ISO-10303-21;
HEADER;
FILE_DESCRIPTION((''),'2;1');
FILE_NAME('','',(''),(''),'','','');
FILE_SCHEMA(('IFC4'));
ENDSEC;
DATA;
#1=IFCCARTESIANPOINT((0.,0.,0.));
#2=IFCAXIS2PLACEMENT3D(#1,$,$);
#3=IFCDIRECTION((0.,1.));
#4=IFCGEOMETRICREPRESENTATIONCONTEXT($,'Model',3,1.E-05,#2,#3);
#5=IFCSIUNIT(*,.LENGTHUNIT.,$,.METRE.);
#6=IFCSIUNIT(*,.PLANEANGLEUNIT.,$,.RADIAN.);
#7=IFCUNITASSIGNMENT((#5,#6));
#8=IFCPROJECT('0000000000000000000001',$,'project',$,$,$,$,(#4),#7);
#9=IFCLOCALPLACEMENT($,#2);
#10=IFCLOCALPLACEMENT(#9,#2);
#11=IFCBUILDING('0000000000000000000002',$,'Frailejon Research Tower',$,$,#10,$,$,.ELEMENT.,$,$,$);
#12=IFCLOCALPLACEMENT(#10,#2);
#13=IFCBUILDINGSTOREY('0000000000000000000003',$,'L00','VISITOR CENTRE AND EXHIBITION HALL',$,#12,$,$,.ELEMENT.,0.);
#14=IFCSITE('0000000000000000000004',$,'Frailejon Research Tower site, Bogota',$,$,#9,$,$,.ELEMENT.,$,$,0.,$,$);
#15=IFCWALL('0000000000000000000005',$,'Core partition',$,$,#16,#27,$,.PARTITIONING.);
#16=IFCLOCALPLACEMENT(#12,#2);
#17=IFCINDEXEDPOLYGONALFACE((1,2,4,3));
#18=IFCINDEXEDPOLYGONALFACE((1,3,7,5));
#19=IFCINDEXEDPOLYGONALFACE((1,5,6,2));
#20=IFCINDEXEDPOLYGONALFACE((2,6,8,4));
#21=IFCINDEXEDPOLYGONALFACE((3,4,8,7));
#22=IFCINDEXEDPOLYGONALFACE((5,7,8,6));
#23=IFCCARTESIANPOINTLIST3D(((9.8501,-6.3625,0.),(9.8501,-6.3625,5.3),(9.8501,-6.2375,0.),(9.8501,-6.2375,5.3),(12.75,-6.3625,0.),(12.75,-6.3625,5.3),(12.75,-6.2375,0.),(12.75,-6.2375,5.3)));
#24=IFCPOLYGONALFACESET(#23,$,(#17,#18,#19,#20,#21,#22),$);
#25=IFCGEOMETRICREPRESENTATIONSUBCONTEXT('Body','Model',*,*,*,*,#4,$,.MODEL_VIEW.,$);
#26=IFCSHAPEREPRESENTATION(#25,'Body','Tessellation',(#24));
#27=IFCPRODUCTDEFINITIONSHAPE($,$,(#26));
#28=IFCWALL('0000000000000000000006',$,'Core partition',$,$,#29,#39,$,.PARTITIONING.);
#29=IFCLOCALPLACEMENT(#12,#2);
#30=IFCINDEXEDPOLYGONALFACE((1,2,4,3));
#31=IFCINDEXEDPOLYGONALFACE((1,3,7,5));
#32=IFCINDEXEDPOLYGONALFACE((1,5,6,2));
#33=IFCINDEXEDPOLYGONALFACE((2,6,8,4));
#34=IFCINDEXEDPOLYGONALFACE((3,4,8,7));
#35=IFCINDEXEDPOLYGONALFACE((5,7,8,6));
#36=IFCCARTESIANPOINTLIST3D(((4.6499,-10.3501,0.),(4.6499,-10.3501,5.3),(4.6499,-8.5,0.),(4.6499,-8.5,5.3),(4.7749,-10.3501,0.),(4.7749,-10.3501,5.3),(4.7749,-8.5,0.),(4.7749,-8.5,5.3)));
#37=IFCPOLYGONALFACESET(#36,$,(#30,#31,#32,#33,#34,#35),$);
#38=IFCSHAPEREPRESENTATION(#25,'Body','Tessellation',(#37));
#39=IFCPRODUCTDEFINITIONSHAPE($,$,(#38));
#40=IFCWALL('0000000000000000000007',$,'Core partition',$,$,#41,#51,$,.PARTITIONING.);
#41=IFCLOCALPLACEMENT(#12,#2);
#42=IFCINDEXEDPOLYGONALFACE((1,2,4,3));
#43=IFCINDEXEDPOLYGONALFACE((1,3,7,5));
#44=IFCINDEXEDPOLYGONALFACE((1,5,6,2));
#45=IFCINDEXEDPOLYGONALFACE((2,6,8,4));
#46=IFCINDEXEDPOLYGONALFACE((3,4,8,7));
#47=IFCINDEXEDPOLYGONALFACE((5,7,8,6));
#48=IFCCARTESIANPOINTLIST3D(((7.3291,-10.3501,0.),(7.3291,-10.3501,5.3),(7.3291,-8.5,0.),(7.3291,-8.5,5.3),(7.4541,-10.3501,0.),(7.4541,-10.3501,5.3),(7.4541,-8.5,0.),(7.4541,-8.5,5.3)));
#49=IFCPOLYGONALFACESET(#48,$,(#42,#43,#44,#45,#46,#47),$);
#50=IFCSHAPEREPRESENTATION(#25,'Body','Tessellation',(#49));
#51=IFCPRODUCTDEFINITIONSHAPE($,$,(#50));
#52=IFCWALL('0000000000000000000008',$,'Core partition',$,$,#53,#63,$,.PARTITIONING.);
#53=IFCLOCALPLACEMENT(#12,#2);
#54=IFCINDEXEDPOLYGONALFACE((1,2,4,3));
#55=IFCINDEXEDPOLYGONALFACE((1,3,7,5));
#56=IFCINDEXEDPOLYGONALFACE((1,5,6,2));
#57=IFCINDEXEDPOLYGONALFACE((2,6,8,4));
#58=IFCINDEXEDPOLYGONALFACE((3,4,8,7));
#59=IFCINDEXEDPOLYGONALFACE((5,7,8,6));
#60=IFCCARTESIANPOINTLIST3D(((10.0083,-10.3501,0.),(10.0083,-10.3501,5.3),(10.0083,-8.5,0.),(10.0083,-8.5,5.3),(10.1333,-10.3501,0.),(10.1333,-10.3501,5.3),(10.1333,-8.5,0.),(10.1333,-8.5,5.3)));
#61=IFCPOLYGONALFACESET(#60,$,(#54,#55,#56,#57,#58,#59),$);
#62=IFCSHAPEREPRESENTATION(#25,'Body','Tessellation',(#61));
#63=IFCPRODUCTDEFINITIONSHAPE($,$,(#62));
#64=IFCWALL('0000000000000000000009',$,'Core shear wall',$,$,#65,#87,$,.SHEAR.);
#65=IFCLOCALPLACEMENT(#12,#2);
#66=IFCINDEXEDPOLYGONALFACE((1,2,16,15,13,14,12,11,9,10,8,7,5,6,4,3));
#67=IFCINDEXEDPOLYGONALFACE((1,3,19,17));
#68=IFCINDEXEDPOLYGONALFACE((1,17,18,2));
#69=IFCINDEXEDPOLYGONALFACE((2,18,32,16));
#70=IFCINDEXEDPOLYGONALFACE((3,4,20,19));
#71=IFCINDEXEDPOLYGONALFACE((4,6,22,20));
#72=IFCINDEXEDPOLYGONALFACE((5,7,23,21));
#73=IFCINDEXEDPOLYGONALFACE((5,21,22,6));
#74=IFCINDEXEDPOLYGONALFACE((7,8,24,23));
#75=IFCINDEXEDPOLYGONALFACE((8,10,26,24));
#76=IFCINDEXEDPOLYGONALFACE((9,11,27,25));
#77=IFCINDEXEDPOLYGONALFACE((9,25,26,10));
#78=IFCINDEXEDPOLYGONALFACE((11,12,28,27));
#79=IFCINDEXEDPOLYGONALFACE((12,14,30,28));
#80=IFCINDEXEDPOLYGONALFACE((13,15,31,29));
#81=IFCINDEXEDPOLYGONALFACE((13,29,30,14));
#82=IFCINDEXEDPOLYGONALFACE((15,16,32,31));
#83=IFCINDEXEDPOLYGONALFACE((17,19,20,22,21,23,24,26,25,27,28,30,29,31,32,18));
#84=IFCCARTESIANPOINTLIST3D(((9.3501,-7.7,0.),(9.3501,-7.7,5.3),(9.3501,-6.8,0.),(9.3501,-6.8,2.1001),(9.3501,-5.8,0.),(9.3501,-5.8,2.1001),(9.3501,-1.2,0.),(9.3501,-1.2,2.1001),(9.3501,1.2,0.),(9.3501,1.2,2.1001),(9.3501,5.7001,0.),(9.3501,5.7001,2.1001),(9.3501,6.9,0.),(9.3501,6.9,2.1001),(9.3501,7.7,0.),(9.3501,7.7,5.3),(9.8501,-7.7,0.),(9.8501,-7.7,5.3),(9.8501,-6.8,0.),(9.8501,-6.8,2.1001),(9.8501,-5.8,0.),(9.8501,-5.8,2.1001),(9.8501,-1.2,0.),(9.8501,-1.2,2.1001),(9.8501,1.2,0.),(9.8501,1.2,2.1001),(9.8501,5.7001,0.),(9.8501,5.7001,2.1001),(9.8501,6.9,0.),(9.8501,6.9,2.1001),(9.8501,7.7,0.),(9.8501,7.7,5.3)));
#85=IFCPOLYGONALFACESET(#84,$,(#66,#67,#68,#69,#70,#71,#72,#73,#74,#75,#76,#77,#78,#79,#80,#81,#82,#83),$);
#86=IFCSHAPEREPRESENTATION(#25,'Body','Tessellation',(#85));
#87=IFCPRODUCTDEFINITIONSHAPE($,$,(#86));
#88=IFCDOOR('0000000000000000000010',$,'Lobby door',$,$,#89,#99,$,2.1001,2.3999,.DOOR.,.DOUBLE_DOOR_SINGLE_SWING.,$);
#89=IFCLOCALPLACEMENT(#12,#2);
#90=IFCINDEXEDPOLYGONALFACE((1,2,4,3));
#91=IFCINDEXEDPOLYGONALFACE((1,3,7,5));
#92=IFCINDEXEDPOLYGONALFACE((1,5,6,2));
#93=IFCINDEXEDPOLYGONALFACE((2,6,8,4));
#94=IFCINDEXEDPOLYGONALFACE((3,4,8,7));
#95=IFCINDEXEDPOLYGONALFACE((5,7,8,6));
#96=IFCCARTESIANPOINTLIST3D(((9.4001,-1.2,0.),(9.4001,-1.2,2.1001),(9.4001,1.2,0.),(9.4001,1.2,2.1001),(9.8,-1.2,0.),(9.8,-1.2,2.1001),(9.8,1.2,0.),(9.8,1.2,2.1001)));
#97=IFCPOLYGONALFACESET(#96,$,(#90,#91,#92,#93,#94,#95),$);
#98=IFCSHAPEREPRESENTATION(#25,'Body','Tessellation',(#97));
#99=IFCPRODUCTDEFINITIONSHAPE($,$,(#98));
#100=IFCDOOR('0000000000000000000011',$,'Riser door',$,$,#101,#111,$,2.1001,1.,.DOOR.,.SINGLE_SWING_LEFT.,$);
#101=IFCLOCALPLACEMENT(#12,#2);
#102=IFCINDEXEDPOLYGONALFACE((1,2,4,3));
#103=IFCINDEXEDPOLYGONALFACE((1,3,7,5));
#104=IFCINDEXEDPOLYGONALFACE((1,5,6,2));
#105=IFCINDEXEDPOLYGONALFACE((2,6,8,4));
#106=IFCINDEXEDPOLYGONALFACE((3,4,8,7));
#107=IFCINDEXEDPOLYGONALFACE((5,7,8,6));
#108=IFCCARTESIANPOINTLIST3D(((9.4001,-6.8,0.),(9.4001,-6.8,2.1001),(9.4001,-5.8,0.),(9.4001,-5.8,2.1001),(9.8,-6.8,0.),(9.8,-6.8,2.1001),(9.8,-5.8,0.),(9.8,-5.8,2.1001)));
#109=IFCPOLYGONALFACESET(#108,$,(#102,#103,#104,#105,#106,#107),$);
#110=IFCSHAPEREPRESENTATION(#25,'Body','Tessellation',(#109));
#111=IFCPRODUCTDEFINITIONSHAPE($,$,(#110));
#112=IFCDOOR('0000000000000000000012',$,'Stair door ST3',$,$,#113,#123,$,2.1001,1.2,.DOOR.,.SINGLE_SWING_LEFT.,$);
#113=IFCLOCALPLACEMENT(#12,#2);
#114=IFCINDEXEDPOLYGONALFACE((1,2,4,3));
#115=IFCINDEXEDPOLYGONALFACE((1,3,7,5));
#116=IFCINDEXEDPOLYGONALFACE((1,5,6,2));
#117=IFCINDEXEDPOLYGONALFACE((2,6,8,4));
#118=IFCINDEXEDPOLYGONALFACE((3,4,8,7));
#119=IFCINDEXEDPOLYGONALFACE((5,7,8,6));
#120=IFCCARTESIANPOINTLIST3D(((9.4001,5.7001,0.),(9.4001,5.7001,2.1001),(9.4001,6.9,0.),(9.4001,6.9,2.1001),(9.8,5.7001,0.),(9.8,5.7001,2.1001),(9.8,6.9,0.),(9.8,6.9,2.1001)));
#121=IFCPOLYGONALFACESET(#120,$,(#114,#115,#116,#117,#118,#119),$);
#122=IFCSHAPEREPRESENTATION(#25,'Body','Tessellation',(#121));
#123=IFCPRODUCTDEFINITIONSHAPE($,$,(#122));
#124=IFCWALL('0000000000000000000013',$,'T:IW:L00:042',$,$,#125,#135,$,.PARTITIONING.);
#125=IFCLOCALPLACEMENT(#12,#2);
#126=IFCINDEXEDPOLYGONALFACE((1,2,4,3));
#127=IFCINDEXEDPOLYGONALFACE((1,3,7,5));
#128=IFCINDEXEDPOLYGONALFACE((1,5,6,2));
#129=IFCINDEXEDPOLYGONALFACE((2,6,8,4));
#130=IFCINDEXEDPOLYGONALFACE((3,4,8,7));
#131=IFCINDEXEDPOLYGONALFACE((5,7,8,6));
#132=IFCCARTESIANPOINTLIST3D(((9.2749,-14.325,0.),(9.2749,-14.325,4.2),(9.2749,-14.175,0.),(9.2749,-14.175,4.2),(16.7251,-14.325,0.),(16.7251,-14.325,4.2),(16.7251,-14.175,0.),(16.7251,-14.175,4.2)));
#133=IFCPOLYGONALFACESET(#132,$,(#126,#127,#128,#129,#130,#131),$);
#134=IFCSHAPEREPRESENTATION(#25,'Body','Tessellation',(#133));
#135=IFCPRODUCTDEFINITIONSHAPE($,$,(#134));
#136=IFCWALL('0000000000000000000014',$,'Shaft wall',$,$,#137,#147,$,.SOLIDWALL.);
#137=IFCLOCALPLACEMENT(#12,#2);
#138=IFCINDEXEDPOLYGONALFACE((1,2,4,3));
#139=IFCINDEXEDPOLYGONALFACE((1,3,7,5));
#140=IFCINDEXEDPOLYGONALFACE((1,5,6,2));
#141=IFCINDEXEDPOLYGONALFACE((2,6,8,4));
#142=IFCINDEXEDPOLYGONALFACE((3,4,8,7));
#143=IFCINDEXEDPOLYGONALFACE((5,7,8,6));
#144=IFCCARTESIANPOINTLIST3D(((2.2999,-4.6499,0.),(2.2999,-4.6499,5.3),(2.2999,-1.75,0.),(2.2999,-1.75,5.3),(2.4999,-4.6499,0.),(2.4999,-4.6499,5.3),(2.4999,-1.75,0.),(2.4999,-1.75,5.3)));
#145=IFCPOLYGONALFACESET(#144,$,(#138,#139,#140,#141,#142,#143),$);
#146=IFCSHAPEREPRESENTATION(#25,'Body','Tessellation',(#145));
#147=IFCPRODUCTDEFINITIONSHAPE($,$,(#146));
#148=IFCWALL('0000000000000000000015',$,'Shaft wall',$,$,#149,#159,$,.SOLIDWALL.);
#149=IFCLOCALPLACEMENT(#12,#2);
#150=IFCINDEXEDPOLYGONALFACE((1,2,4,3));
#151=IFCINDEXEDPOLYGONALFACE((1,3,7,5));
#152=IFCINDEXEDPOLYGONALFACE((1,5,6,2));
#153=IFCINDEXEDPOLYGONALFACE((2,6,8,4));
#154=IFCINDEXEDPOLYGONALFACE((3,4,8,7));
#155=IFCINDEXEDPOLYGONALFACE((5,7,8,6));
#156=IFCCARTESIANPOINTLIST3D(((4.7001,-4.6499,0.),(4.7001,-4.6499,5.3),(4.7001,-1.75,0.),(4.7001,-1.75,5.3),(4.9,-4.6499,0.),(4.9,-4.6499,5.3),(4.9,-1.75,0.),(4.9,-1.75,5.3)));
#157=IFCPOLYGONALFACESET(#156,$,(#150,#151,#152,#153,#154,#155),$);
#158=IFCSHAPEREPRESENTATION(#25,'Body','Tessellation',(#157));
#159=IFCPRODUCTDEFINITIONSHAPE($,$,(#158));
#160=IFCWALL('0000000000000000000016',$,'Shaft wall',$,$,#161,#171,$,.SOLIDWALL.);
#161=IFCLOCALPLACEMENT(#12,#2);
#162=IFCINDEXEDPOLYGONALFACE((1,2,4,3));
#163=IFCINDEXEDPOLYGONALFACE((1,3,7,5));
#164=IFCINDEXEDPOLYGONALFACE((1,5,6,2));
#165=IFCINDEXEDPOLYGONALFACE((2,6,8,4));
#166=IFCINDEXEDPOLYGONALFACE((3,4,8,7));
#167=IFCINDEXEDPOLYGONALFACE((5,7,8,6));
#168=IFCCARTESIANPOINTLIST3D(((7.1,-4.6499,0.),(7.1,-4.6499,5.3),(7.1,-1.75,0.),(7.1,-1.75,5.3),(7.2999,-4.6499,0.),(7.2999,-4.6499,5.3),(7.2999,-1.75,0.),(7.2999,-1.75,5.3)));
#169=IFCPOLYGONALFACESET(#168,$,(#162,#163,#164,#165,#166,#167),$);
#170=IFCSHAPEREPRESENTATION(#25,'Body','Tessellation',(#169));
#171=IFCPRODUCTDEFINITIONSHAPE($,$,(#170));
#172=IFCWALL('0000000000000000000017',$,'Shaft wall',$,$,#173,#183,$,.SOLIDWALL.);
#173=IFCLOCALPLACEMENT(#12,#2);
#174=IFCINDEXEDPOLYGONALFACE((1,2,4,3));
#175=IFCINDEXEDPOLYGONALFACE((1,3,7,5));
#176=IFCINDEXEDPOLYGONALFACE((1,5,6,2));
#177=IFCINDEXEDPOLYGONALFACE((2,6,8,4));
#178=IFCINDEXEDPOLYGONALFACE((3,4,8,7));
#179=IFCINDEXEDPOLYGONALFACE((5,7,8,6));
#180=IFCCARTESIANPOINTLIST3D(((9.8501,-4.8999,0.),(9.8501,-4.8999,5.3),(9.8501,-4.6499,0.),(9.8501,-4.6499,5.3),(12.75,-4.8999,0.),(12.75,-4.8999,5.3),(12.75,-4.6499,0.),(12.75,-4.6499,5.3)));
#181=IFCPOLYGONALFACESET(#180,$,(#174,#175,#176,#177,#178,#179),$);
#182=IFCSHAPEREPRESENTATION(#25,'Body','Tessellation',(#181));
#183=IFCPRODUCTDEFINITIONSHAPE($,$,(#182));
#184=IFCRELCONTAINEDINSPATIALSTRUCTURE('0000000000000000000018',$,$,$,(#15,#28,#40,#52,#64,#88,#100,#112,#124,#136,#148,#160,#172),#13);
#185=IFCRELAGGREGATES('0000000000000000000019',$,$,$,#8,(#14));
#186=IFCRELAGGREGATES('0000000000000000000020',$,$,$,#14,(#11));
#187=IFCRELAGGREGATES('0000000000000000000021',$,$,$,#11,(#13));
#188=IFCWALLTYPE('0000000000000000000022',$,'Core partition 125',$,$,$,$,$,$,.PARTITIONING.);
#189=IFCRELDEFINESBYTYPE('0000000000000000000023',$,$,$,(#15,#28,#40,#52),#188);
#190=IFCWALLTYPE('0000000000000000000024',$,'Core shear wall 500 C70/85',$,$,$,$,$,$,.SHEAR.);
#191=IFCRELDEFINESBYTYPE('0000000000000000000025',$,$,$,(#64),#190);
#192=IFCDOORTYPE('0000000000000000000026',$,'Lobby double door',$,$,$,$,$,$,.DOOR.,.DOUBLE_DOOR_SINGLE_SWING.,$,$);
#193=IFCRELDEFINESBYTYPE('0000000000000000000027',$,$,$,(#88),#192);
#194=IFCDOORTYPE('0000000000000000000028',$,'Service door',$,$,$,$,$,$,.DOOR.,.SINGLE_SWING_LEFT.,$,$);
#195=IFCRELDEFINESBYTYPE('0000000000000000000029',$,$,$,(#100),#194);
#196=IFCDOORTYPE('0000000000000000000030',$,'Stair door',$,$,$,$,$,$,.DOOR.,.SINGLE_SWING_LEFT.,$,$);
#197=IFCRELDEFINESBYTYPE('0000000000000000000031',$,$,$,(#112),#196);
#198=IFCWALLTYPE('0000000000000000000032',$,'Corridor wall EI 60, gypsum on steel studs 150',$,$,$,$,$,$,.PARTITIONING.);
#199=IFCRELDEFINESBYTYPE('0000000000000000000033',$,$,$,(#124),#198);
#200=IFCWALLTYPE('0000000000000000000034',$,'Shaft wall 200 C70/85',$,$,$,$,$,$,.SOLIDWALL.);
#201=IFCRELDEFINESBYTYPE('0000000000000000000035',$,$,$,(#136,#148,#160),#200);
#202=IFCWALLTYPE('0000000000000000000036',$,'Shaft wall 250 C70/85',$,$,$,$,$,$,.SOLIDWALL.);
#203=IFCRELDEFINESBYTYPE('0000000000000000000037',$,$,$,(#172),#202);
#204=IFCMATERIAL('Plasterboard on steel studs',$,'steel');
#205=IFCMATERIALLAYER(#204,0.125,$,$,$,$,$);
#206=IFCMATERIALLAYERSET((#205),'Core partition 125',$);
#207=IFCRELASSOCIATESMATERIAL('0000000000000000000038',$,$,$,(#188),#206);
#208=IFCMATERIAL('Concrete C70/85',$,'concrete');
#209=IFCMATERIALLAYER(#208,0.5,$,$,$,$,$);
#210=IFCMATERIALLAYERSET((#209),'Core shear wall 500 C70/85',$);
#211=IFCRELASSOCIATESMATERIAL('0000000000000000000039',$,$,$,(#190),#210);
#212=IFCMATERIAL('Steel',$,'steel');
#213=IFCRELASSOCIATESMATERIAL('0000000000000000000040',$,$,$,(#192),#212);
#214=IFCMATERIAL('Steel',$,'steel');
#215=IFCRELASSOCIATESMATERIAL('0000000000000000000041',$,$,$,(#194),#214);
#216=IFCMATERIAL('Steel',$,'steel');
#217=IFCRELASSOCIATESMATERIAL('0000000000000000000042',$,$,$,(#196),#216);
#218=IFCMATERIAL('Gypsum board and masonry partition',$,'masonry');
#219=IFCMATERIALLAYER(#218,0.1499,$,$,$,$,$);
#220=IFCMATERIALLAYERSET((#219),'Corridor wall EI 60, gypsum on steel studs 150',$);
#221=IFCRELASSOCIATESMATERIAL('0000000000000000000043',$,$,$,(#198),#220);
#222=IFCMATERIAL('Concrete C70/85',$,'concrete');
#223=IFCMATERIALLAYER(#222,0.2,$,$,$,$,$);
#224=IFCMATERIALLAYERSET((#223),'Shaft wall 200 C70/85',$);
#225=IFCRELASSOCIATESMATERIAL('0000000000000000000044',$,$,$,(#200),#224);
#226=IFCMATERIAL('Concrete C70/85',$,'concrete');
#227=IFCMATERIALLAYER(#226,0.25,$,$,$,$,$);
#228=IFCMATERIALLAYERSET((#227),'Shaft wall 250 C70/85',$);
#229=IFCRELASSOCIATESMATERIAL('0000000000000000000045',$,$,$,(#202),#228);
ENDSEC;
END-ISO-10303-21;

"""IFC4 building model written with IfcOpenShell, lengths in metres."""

from ifc_helpers import new_model, si_unit, direction, frame, frame_2d, origin, place, context, subcontext, project, spatial, rectangle, extrude, material, layer, layer_set, type_object, element, fill, save


model = new_model("IFC4")

# Units and contexts
model_context = context("Model", 3, precision=1e-05, world=origin(), true_north=direction((0.0, 1.0)))
body_context = subcontext(model_context, "Body", "Model", "MODEL_VIEW")
ifc_project = project(units=[si_unit("LENGTHUNIT", "METRE"), si_unit("PLANEANGLEUNIT", "RADIAN")], contexts=[model_context])

# Site, building, storey
site_placement = place(None, origin())
site = spatial("IfcSite", under=ifc_project, at=site_placement, Name="Frailejon Research Tower site, Bogota", CompositionType="ELEMENT", RefElevation=0.0)
building_placement = place(site_placement, origin())
building = spatial("IfcBuilding", under=site, at=building_placement, Name="Frailejon Research Tower", CompositionType="ELEMENT")
storey_placement = place(building_placement, origin())
storey = spatial("IfcBuildingStorey", under=building, at=storey_placement, Name="L00", Description="VISITOR CENTRE AND EXHIBITION HALL", CompositionType="ELEMENT", Elevation=0.0)

# Walls
ifc_material_1 = material(Name="Plasterboard on steel studs", Category="steel")
ifc_layer_1 = layer(ifc_material_1, 0.125)
ifc_layer_set_1 = layer_set([ifc_layer_1], Name="Core partition 125")
wall_type_1 = type_object("IfcWallType", Name="Core partition 125", PredefinedType="PARTITIONING", material=ifc_layer_set_1)
wall_1_placement = place(storey_placement, frame((9.8501, -6.3, 0.0), z_axis=(0.0, 0.0, 1.0), x_axis=(1.0, 0.0, 0.0)))
element("IfcWall", 1, at=wall_1_placement, inside=storey, type_object=wall_type_1, Name="Core partition", PredefinedType="PARTITIONING", context=body_context, shape_type="SweptSolid", body=[
    extrude(rectangle(XDim=2.8999, YDim=0.125, at=frame_2d((1.45, 0.0))), origin(), (0.0, 0.0, 1.0), 5.3),
])
for number, where, z_axis, x_axis, name in (
    (2, (4.7124, -10.3501, 0.0), (0.0, 0.0, 1.0), (0.0, 1.0, 0.0), "Core partition"),
    (3, (7.3916, -10.3501, 0.0), (0.0, 0.0, 1.0), (0.0, 1.0, 0.0), "Core partition"),
    (4, (10.0708, -10.3501, 0.0), (0.0, 0.0, 1.0), (0.0, 1.0, 0.0), "Core partition"),
):
    element("IfcWall", number, at=place(storey_placement, frame(where, z_axis=z_axis, x_axis=x_axis)), inside=storey, type_object=wall_type_1, Name=name, PredefinedType="PARTITIONING", context=body_context, shape_type="SweptSolid", body=[
        extrude(rectangle(XDim=1.8501, YDim=0.125, at=frame_2d((0.925, 0.0))), origin(), (0.0, 0.0, 1.0), 5.3),
    ])

# Wall, openings, doors
ifc_material_2 = material(Name="Concrete C70/85", Category="concrete")
ifc_layer_2 = layer(ifc_material_2, 0.5)
ifc_layer_set_2 = layer_set([ifc_layer_2], Name="Core shear wall 500 C70/85")
wall_type_2 = type_object("IfcWallType", Name="Core shear wall 500 C70/85", PredefinedType="SHEAR", material=ifc_layer_set_2)
wall_2_placement = place(storey_placement, frame((9.6001, -7.7, 0.0), z_axis=(0.0, 0.0, 1.0), x_axis=(0.0, 1.0, 0.0)))
wall_2 = element("IfcWall", 5, at=wall_2_placement, inside=storey, type_object=wall_type_2, Name="Core shear wall", PredefinedType="SHEAR", context=body_context, shape_type="SweptSolid", body=[
    extrude(rectangle(XDim=15.3999, YDim=0.5, at=frame_2d((7.7, 0.0))), origin(), (0.0, 0.0, 1.0), 5.3),
])
opening_1_placement = place(wall_2_placement, frame((6.5, 0.0, 0.0)))
opening_1 = element("IfcOpeningElement", 6, at=opening_1_placement, cuts=wall_2, PredefinedType="OPENING", context=body_context, shape_type="SweptSolid", body=[
    extrude(rectangle(XDim=2.3999, YDim=2.1001, at=frame_2d((1.2, 1.05))), frame((0.0, 0.26, 0.0), z_axis=(0.0, -1.0, 0.0), x_axis=(1.0, 0.0, 0.0)), (0.0, 0.0, 1.0), 0.52),
])
opening_2_placement = place(wall_2_placement, frame((13.3999, 0.0, 0.0)))
opening_2 = element("IfcOpeningElement", 7, at=opening_2_placement, cuts=wall_2, PredefinedType="OPENING", context=body_context, shape_type="SweptSolid", body=[
    extrude(rectangle(XDim=1.2, YDim=2.1001, at=frame_2d((0.6001, 1.05))), frame((0.0, 0.26, 0.0), z_axis=(0.0, -1.0, 0.0), x_axis=(1.0, 0.0, 0.0)), (0.0, 0.0, 1.0), 0.52),
])
opening_3_placement = place(wall_2_placement, frame((0.8999, 0.0, 0.0)))
opening_3 = element("IfcOpeningElement", 8, at=opening_3_placement, cuts=wall_2, PredefinedType="OPENING", context=body_context, shape_type="SweptSolid", body=[
    extrude(rectangle(XDim=1.0, YDim=2.1001, at=frame_2d((0.5, 1.05))), frame((0.0, 0.26, 0.0), z_axis=(0.0, -1.0, 0.0), x_axis=(1.0, 0.0, 0.0)), (0.0, 0.0, 1.0), 0.52),
])
ifc_material_3 = material(Name="Steel", Category="steel")
door_type_1 = type_object("IfcDoorType", Name="Lobby double door", OperationType="DOUBLE_DOOR_SINGLE_SWING", PredefinedType="DOOR", material=ifc_material_3)
door_1_placement = place(opening_1_placement, origin())
door_1 = element("IfcDoor", 9, at=door_1_placement, inside=storey, type_object=door_type_1, Name="Lobby door", OperationType="DOUBLE_DOOR_SINGLE_SWING", OverallHeight=2.1001, OverallWidth=2.3999, PredefinedType="DOOR", context=body_context, shape_type="SweptSolid", body=[
    extrude(rectangle(XDim=2.3999, YDim=2.1001, at=frame_2d((1.2, 1.05))), frame((0.0, 0.2, 0.0), z_axis=(0.0, -1.0, 0.0), x_axis=(1.0, 0.0, 0.0)), (0.0, 0.0, 1.0), 0.3999),
])
fill(opening_1, door_1)
ifc_material_4 = material(Name="Steel", Category="steel")
door_type_2 = type_object("IfcDoorType", Name="Service door", OperationType="SINGLE_SWING_LEFT", PredefinedType="DOOR", material=ifc_material_4)
door_2_placement = place(opening_3_placement, origin())
door_2 = element("IfcDoor", 10, at=door_2_placement, inside=storey, type_object=door_type_2, Name="Riser door", OperationType="SINGLE_SWING_LEFT", OverallHeight=2.1001, OverallWidth=1.0, PredefinedType="DOOR", context=body_context, shape_type="SweptSolid", body=[
    extrude(rectangle(XDim=1.0, YDim=2.1001, at=frame_2d((0.5, 1.05))), frame((0.0, 0.2, 0.0), z_axis=(0.0, -1.0, 0.0), x_axis=(1.0, 0.0, 0.0)), (0.0, 0.0, 1.0), 0.3999),
])
fill(opening_3, door_2)
ifc_material_5 = material(Name="Steel", Category="steel")
door_type_3 = type_object("IfcDoorType", Name="Stair door", OperationType="SINGLE_SWING_LEFT", PredefinedType="DOOR", material=ifc_material_5)
door_3_placement = place(opening_2_placement, origin())
door_3 = element("IfcDoor", 11, at=door_3_placement, inside=storey, type_object=door_type_3, Name="Stair door ST3", OperationType="SINGLE_SWING_LEFT", OverallHeight=2.1001, OverallWidth=1.2, PredefinedType="DOOR", context=body_context, shape_type="SweptSolid", body=[
    extrude(rectangle(XDim=1.2, YDim=2.1001, at=frame_2d((0.6001, 1.05))), frame((0.0, 0.2, 0.0), z_axis=(0.0, -1.0, 0.0), x_axis=(1.0, 0.0, 0.0)), (0.0, 0.0, 1.0), 0.3999),
])
fill(opening_2, door_3)

# Walls
ifc_material_6 = material(Name="Gypsum board and masonry partition", Category="masonry")
ifc_layer_3 = layer(ifc_material_6, 0.1499)
ifc_layer_set_3 = layer_set([ifc_layer_3], Name="Corridor wall EI 60, gypsum on steel studs 150")
wall_type_3 = type_object("IfcWallType", Name="Corridor wall EI 60, gypsum on steel studs 150", PredefinedType="PARTITIONING", material=ifc_layer_set_3)
wall_3_placement = place(storey_placement, frame((9.2749, -14.25, 0.0), z_axis=(0.0, 0.0, 1.0), x_axis=(1.0, 0.0, 0.0)))
element("IfcWall", 12, at=wall_3_placement, inside=storey, type_object=wall_type_3, Name="T:IW:L00:042", PredefinedType="PARTITIONING", context=body_context, shape_type="SweptSolid", body=[
    extrude(rectangle(XDim=7.4502, YDim=0.1499, at=frame_2d((3.7251, 0.0))), origin(), (0.0, 0.0, 1.0), 4.2),
])
ifc_material_7 = material(Name="Concrete C70/85", Category="concrete")
ifc_layer_4 = layer(ifc_material_7, 0.2)
ifc_layer_set_4 = layer_set([ifc_layer_4], Name="Shaft wall 200 C70/85")
wall_type_4 = type_object("IfcWallType", Name="Shaft wall 200 C70/85", PredefinedType="SOLIDWALL", material=ifc_layer_set_4)
for number, where, z_axis, x_axis, name in (
    (13, (2.3999, -4.6499, 0.0), (0.0, 0.0, 1.0), (0.0, 1.0, 0.0), "Shaft wall"),
    (14, (4.8, -4.6499, 0.0), (0.0, 0.0, 1.0), (0.0, 1.0, 0.0), "Shaft wall"),
    (15, (7.2, -4.6499, 0.0), (0.0, 0.0, 1.0), (0.0, 1.0, 0.0), "Shaft wall"),
):
    element("IfcWall", number, at=place(storey_placement, frame(where, z_axis=z_axis, x_axis=x_axis)), inside=storey, type_object=wall_type_4, Name=name, PredefinedType="SOLIDWALL", context=body_context, shape_type="SweptSolid", body=[
        extrude(rectangle(XDim=2.8999, YDim=0.2, at=frame_2d((1.45, 0.0))), origin(), (0.0, 0.0, 1.0), 5.3),
    ])
ifc_material_8 = material(Name="Concrete C70/85", Category="concrete")
ifc_layer_5 = layer(ifc_material_8, 0.25)
ifc_layer_set_5 = layer_set([ifc_layer_5], Name="Shaft wall 250 C70/85")
wall_type_5 = type_object("IfcWallType", Name="Shaft wall 250 C70/85", PredefinedType="SOLIDWALL", material=ifc_layer_set_5)
wall_4_placement = place(storey_placement, frame((9.8501, -4.7749, 0.0), z_axis=(0.0, 0.0, 1.0), x_axis=(1.0, 0.0, 0.0)))
element("IfcWall", 16, at=wall_4_placement, inside=storey, type_object=wall_type_5, Name="Shaft wall", PredefinedType="SOLIDWALL", context=body_context, shape_type="SweptSolid", body=[
    extrude(rectangle(XDim=2.8999, YDim=0.25, at=frame_2d((1.45, 0.0))), origin(), (0.0, 0.0, 1.0), 5.3),
])

save(model, "model.ifc")
